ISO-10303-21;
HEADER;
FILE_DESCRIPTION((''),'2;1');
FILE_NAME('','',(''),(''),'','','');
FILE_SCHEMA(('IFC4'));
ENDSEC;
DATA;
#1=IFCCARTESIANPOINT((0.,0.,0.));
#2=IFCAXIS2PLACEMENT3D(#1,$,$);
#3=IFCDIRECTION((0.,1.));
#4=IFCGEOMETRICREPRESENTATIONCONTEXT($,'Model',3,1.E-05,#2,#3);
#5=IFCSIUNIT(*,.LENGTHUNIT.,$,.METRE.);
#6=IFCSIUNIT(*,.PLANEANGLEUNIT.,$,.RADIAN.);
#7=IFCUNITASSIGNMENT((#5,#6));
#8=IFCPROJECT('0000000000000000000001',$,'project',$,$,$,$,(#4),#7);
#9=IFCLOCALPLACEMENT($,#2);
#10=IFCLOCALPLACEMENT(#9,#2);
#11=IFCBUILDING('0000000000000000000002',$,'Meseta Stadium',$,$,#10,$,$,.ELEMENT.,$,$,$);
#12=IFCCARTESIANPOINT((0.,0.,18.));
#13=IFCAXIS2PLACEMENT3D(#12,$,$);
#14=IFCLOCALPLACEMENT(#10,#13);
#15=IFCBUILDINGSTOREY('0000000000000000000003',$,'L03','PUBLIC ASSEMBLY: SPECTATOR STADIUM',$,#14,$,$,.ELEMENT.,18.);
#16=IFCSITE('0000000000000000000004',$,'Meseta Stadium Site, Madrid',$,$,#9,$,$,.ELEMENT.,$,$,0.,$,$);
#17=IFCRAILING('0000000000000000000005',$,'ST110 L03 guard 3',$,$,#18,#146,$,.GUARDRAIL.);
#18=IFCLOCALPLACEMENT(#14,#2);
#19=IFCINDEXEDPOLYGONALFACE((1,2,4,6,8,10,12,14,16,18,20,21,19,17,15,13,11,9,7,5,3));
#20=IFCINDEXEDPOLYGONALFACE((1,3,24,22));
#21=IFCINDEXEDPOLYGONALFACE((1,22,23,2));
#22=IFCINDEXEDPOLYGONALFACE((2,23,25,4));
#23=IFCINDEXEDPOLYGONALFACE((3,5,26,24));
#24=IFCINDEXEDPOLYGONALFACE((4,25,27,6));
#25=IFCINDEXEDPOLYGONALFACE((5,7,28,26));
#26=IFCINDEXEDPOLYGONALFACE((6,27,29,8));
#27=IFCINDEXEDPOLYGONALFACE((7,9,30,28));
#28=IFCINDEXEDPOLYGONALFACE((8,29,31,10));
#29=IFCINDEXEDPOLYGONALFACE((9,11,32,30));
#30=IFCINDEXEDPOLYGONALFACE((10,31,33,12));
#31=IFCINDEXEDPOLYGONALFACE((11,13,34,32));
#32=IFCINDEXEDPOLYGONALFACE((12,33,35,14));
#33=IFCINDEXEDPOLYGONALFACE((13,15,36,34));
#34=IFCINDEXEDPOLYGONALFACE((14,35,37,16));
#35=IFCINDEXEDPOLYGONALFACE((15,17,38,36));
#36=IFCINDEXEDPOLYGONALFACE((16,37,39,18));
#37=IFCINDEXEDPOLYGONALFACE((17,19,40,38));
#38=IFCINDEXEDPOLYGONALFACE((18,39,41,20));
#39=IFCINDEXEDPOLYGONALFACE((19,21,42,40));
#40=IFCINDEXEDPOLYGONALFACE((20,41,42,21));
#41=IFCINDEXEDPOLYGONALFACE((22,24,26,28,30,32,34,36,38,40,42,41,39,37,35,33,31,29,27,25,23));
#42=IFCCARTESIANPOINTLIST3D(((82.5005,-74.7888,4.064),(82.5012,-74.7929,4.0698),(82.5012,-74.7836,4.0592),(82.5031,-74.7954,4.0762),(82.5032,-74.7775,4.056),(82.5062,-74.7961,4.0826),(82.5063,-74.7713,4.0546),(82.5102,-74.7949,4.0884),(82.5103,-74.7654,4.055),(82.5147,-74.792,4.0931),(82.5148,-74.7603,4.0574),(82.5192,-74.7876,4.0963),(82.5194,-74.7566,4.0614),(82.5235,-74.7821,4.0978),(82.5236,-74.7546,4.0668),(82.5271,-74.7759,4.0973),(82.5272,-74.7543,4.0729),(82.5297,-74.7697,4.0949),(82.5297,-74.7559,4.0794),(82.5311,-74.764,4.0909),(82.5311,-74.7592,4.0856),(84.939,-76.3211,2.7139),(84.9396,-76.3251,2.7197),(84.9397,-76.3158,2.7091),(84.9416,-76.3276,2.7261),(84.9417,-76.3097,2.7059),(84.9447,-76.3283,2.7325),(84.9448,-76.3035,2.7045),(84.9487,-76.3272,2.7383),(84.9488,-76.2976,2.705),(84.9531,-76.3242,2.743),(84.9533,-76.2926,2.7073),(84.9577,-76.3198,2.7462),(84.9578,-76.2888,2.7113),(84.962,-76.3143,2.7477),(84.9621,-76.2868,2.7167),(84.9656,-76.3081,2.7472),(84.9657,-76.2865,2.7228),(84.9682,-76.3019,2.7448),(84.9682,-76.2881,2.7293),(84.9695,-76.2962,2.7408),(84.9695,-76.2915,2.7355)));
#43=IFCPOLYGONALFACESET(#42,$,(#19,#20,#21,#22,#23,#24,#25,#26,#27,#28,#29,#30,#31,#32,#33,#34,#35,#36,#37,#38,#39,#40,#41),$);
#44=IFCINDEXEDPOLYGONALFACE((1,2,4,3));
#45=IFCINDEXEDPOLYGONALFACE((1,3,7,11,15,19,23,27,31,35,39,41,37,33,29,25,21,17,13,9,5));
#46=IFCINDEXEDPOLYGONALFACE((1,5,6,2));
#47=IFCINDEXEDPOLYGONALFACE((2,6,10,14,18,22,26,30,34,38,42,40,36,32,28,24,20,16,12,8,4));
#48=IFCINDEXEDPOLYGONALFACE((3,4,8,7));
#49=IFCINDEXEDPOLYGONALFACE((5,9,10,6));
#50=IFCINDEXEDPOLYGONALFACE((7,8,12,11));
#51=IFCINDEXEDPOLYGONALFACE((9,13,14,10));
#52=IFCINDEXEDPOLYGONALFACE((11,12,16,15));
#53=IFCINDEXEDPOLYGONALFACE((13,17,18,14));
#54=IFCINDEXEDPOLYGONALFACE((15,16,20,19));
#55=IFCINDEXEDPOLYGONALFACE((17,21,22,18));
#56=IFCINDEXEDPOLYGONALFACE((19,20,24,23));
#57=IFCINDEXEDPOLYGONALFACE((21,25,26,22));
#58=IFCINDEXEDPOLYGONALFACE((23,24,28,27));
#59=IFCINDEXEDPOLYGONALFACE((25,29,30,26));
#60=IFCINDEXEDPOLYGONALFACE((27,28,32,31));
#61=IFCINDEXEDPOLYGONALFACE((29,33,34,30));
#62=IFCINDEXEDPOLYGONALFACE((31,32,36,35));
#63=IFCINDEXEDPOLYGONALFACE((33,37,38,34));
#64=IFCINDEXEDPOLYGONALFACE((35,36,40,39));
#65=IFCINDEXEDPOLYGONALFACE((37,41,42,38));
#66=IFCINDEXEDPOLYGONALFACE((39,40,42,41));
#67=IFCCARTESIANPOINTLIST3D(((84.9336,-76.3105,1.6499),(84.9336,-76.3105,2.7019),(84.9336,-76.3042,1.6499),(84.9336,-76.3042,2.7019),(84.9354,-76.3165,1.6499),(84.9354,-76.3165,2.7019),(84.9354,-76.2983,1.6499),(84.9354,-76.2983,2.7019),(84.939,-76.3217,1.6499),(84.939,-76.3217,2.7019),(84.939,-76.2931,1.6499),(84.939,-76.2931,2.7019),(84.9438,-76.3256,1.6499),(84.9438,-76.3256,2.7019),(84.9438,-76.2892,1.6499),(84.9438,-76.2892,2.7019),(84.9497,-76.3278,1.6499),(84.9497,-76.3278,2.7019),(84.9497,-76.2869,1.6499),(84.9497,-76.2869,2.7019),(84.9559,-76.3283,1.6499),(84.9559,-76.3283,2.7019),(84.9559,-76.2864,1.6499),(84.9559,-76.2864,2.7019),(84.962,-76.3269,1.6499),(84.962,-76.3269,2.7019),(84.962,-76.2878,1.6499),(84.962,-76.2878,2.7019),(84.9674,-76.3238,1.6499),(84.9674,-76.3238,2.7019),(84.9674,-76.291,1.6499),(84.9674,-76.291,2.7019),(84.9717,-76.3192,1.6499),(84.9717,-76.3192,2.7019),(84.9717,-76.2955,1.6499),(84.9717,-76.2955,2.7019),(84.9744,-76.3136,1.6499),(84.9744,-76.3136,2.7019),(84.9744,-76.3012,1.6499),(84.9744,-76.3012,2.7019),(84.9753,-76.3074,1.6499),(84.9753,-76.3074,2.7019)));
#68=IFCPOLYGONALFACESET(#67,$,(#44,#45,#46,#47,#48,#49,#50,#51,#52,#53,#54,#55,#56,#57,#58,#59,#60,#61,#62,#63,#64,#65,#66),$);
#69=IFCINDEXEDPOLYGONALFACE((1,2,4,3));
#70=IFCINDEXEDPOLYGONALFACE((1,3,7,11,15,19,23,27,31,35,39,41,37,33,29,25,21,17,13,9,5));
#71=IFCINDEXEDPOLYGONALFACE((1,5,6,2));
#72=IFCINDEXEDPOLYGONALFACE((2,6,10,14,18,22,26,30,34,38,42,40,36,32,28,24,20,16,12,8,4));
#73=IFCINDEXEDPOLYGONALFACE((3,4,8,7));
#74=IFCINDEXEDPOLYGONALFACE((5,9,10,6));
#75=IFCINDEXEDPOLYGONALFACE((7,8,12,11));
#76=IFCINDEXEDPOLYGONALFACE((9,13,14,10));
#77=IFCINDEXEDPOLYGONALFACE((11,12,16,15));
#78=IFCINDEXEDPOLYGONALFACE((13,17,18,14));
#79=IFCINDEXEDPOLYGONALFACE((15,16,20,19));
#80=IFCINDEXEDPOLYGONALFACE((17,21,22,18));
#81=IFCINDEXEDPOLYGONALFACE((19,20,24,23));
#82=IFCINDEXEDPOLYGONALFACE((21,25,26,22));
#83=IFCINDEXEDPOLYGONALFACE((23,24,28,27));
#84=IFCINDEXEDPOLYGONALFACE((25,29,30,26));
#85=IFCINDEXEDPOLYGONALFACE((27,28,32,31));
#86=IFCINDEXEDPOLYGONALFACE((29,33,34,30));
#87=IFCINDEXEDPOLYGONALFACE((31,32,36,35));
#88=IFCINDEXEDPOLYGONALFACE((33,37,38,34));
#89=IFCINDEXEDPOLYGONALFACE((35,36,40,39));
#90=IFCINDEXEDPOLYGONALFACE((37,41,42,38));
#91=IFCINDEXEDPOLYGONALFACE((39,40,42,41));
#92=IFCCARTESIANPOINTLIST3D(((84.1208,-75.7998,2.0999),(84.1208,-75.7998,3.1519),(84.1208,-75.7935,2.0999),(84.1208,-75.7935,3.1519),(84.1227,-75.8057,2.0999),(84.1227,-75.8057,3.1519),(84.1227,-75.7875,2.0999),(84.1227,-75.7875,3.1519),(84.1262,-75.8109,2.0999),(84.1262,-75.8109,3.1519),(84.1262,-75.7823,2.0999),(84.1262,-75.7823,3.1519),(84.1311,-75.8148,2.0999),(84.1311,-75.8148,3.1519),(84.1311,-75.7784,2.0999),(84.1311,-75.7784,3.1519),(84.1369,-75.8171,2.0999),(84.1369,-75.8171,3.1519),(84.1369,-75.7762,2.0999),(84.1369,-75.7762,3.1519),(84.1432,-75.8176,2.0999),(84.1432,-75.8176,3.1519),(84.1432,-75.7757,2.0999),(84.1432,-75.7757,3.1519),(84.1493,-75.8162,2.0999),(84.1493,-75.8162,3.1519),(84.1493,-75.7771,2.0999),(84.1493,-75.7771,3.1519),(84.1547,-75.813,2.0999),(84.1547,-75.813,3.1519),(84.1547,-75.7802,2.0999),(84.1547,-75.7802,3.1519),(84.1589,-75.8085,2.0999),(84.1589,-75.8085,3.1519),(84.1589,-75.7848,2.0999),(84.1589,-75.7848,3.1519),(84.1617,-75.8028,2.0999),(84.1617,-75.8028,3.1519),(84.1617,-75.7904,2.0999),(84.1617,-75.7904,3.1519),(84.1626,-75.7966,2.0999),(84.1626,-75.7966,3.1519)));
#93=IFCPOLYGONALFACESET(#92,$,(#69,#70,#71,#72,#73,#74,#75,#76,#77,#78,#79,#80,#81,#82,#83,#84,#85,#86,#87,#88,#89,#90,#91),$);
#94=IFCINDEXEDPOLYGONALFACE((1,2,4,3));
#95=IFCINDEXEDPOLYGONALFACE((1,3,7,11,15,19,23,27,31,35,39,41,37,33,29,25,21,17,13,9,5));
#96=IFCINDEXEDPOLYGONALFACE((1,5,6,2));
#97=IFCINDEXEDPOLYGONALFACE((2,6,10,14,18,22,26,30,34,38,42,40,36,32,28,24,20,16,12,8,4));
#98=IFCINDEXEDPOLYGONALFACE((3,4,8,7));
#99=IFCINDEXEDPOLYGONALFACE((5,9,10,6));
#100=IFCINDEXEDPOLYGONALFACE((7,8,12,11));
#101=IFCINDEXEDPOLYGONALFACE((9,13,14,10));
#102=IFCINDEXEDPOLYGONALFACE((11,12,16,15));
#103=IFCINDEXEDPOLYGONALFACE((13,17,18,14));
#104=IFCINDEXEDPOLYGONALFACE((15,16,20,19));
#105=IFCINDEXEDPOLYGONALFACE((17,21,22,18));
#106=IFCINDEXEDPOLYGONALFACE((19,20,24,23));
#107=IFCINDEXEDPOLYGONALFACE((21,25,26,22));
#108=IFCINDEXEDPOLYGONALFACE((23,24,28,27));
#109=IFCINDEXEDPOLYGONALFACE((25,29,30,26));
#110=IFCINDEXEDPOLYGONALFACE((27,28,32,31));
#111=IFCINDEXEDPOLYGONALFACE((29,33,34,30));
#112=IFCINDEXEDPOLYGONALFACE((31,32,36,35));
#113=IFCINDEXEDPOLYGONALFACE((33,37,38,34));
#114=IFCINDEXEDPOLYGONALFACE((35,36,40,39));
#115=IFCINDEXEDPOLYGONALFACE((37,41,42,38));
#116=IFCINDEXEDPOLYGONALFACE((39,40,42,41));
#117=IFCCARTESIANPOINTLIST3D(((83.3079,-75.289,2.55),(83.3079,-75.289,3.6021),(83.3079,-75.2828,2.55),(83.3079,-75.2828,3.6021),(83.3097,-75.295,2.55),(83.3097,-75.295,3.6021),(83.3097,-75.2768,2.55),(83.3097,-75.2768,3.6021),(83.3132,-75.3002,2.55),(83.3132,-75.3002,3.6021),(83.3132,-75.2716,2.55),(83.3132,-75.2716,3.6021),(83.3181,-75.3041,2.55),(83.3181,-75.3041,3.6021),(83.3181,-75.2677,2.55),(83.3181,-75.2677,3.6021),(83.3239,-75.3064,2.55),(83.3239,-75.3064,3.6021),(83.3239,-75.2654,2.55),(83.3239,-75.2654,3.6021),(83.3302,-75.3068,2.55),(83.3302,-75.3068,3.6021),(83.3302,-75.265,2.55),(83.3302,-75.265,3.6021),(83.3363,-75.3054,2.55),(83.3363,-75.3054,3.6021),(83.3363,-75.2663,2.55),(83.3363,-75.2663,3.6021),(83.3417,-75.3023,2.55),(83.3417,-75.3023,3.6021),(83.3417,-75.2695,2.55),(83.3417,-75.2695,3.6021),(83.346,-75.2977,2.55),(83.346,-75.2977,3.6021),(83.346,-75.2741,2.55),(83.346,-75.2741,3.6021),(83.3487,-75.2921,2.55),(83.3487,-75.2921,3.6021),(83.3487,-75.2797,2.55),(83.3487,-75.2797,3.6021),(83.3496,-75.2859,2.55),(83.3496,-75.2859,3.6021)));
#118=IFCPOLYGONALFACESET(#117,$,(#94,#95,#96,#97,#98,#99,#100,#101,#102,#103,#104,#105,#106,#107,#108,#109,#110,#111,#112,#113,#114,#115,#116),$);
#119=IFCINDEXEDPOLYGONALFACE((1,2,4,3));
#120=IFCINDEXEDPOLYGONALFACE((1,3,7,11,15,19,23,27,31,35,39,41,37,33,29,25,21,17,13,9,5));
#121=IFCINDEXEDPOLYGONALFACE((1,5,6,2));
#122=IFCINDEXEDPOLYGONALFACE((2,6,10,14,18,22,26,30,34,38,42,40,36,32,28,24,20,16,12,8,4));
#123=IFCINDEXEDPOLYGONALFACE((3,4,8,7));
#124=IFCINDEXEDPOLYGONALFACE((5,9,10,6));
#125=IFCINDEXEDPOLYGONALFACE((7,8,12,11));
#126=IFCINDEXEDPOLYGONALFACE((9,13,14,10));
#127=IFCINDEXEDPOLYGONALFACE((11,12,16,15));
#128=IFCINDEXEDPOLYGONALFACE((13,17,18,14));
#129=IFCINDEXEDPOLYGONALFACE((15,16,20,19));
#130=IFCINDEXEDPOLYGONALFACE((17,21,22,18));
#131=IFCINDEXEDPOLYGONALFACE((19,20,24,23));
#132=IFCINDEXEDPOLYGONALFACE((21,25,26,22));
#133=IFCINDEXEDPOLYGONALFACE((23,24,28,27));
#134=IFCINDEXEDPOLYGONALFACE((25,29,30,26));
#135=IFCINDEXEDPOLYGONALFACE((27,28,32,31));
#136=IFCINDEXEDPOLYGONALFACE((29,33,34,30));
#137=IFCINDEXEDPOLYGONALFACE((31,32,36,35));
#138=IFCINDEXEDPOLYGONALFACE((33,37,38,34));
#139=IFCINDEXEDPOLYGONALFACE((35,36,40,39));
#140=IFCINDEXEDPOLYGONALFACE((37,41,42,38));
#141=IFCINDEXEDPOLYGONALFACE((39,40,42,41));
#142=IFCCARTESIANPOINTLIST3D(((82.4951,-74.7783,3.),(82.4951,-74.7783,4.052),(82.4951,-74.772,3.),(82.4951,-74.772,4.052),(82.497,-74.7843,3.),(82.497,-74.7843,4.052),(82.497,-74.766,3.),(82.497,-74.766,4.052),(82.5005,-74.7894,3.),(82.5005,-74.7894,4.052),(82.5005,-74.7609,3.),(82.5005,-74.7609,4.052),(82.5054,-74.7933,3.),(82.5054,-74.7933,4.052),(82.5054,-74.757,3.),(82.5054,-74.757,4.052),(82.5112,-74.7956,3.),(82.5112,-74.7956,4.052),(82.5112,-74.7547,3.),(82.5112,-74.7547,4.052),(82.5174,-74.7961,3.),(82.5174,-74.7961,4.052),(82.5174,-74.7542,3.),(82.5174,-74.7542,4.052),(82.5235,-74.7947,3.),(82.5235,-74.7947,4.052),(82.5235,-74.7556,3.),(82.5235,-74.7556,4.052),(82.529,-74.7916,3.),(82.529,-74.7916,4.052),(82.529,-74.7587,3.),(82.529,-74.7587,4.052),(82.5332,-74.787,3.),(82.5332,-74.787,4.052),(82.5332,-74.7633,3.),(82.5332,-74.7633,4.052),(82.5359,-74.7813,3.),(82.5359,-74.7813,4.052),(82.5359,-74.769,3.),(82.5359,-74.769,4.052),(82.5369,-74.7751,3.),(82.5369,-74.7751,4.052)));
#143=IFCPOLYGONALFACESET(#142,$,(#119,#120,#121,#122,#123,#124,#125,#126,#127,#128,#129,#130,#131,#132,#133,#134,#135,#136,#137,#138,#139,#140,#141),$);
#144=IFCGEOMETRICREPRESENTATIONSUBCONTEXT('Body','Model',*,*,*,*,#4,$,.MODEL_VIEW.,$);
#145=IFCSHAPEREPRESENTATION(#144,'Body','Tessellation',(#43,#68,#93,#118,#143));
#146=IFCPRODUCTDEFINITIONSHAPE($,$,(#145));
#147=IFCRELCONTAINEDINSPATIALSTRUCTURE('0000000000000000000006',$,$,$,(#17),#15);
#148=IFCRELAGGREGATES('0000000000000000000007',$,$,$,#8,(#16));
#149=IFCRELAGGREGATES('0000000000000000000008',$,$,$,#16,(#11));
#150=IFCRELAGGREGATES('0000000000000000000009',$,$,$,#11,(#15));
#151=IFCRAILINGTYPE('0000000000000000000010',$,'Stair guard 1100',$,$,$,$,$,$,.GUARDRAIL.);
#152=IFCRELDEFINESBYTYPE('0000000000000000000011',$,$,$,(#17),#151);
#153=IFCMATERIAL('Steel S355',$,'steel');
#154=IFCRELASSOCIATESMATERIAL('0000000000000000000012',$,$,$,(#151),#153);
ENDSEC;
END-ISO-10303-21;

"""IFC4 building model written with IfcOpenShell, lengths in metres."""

from ifc_helpers import new_model, si_unit, direction, frame, origin, origin_2d, place, context, subcontext, project, spatial, circle, extrude, material, type_object, element, save


model = new_model("IFC4")

# Units and contexts
model_context = context("Model", 3, precision=1e-05, world=origin(), true_north=direction((0.0, 1.0)))
body_context = subcontext(model_context, "Body", "Model", "MODEL_VIEW")
ifc_project = project(units=[si_unit("LENGTHUNIT", "METRE"), si_unit("PLANEANGLEUNIT", "RADIAN")], contexts=[model_context])

# Site, building, storey
site_placement = place(None, origin())
site = spatial("IfcSite", under=ifc_project, at=site_placement, Name="Meseta Stadium Site, Madrid", CompositionType="ELEMENT", RefElevation=0.0)
building_placement = place(site_placement, origin())
building = spatial("IfcBuilding", under=site, at=building_placement, Name="Meseta Stadium", CompositionType="ELEMENT")
storey_placement = place(building_placement, frame((0.0, 0.0, 18.0)))
storey = spatial("IfcBuildingStorey", under=building, at=storey_placement, Name="L03", Description="PUBLIC ASSEMBLY: SPECTATOR STADIUM", CompositionType="ELEMENT", Elevation=18.0)

# Railing
ifc_material_1 = material(Name="Steel S355", Category="steel")
railing_type_1 = type_object("IfcRailingType", Name="Stair guard 1100", PredefinedType="GUARDRAIL", material=ifc_material_1)
railing_1_placement = place(storey_placement, frame((84.9543, -76.3074, 1.6499)))
element("IfcRailing", 1, at=railing_1_placement, inside=storey, type_object=railing_type_1, Name="ST110 L03 guard 3", PredefinedType="GUARDRAIL", context=body_context, shape_type="SweptSolid", body=[
    extrude(circle(Radius=0.0239, at=origin_2d()), frame((0.0, 0.0, 1.0762), z_axis=(-0.766655, 0.481731, 0.42447), x_axis=(-0.53204, -0.846719, 0.0)), (0.0, 0.0, 1.0), 3.1807),
    extrude(circle(Radius=0.021, at=origin_2d()), origin(), (0.0, 0.0, 1.0), 1.052),
    extrude(circle(Radius=0.021, at=origin_2d()), frame((-0.8127, 0.5107, 0.45)), (0.0, 0.0, 1.0), 1.052),
    extrude(circle(Radius=0.021, at=origin_2d()), frame((-1.6257, 1.0215, 0.9001)), (0.0, 0.0, 1.0), 1.052),
    extrude(circle(Radius=0.021, at=origin_2d()), frame((-2.4385, 1.5322, 1.3501)), (0.0, 0.0, 1.0), 1.052),
])

save(model, "model.ifc")
